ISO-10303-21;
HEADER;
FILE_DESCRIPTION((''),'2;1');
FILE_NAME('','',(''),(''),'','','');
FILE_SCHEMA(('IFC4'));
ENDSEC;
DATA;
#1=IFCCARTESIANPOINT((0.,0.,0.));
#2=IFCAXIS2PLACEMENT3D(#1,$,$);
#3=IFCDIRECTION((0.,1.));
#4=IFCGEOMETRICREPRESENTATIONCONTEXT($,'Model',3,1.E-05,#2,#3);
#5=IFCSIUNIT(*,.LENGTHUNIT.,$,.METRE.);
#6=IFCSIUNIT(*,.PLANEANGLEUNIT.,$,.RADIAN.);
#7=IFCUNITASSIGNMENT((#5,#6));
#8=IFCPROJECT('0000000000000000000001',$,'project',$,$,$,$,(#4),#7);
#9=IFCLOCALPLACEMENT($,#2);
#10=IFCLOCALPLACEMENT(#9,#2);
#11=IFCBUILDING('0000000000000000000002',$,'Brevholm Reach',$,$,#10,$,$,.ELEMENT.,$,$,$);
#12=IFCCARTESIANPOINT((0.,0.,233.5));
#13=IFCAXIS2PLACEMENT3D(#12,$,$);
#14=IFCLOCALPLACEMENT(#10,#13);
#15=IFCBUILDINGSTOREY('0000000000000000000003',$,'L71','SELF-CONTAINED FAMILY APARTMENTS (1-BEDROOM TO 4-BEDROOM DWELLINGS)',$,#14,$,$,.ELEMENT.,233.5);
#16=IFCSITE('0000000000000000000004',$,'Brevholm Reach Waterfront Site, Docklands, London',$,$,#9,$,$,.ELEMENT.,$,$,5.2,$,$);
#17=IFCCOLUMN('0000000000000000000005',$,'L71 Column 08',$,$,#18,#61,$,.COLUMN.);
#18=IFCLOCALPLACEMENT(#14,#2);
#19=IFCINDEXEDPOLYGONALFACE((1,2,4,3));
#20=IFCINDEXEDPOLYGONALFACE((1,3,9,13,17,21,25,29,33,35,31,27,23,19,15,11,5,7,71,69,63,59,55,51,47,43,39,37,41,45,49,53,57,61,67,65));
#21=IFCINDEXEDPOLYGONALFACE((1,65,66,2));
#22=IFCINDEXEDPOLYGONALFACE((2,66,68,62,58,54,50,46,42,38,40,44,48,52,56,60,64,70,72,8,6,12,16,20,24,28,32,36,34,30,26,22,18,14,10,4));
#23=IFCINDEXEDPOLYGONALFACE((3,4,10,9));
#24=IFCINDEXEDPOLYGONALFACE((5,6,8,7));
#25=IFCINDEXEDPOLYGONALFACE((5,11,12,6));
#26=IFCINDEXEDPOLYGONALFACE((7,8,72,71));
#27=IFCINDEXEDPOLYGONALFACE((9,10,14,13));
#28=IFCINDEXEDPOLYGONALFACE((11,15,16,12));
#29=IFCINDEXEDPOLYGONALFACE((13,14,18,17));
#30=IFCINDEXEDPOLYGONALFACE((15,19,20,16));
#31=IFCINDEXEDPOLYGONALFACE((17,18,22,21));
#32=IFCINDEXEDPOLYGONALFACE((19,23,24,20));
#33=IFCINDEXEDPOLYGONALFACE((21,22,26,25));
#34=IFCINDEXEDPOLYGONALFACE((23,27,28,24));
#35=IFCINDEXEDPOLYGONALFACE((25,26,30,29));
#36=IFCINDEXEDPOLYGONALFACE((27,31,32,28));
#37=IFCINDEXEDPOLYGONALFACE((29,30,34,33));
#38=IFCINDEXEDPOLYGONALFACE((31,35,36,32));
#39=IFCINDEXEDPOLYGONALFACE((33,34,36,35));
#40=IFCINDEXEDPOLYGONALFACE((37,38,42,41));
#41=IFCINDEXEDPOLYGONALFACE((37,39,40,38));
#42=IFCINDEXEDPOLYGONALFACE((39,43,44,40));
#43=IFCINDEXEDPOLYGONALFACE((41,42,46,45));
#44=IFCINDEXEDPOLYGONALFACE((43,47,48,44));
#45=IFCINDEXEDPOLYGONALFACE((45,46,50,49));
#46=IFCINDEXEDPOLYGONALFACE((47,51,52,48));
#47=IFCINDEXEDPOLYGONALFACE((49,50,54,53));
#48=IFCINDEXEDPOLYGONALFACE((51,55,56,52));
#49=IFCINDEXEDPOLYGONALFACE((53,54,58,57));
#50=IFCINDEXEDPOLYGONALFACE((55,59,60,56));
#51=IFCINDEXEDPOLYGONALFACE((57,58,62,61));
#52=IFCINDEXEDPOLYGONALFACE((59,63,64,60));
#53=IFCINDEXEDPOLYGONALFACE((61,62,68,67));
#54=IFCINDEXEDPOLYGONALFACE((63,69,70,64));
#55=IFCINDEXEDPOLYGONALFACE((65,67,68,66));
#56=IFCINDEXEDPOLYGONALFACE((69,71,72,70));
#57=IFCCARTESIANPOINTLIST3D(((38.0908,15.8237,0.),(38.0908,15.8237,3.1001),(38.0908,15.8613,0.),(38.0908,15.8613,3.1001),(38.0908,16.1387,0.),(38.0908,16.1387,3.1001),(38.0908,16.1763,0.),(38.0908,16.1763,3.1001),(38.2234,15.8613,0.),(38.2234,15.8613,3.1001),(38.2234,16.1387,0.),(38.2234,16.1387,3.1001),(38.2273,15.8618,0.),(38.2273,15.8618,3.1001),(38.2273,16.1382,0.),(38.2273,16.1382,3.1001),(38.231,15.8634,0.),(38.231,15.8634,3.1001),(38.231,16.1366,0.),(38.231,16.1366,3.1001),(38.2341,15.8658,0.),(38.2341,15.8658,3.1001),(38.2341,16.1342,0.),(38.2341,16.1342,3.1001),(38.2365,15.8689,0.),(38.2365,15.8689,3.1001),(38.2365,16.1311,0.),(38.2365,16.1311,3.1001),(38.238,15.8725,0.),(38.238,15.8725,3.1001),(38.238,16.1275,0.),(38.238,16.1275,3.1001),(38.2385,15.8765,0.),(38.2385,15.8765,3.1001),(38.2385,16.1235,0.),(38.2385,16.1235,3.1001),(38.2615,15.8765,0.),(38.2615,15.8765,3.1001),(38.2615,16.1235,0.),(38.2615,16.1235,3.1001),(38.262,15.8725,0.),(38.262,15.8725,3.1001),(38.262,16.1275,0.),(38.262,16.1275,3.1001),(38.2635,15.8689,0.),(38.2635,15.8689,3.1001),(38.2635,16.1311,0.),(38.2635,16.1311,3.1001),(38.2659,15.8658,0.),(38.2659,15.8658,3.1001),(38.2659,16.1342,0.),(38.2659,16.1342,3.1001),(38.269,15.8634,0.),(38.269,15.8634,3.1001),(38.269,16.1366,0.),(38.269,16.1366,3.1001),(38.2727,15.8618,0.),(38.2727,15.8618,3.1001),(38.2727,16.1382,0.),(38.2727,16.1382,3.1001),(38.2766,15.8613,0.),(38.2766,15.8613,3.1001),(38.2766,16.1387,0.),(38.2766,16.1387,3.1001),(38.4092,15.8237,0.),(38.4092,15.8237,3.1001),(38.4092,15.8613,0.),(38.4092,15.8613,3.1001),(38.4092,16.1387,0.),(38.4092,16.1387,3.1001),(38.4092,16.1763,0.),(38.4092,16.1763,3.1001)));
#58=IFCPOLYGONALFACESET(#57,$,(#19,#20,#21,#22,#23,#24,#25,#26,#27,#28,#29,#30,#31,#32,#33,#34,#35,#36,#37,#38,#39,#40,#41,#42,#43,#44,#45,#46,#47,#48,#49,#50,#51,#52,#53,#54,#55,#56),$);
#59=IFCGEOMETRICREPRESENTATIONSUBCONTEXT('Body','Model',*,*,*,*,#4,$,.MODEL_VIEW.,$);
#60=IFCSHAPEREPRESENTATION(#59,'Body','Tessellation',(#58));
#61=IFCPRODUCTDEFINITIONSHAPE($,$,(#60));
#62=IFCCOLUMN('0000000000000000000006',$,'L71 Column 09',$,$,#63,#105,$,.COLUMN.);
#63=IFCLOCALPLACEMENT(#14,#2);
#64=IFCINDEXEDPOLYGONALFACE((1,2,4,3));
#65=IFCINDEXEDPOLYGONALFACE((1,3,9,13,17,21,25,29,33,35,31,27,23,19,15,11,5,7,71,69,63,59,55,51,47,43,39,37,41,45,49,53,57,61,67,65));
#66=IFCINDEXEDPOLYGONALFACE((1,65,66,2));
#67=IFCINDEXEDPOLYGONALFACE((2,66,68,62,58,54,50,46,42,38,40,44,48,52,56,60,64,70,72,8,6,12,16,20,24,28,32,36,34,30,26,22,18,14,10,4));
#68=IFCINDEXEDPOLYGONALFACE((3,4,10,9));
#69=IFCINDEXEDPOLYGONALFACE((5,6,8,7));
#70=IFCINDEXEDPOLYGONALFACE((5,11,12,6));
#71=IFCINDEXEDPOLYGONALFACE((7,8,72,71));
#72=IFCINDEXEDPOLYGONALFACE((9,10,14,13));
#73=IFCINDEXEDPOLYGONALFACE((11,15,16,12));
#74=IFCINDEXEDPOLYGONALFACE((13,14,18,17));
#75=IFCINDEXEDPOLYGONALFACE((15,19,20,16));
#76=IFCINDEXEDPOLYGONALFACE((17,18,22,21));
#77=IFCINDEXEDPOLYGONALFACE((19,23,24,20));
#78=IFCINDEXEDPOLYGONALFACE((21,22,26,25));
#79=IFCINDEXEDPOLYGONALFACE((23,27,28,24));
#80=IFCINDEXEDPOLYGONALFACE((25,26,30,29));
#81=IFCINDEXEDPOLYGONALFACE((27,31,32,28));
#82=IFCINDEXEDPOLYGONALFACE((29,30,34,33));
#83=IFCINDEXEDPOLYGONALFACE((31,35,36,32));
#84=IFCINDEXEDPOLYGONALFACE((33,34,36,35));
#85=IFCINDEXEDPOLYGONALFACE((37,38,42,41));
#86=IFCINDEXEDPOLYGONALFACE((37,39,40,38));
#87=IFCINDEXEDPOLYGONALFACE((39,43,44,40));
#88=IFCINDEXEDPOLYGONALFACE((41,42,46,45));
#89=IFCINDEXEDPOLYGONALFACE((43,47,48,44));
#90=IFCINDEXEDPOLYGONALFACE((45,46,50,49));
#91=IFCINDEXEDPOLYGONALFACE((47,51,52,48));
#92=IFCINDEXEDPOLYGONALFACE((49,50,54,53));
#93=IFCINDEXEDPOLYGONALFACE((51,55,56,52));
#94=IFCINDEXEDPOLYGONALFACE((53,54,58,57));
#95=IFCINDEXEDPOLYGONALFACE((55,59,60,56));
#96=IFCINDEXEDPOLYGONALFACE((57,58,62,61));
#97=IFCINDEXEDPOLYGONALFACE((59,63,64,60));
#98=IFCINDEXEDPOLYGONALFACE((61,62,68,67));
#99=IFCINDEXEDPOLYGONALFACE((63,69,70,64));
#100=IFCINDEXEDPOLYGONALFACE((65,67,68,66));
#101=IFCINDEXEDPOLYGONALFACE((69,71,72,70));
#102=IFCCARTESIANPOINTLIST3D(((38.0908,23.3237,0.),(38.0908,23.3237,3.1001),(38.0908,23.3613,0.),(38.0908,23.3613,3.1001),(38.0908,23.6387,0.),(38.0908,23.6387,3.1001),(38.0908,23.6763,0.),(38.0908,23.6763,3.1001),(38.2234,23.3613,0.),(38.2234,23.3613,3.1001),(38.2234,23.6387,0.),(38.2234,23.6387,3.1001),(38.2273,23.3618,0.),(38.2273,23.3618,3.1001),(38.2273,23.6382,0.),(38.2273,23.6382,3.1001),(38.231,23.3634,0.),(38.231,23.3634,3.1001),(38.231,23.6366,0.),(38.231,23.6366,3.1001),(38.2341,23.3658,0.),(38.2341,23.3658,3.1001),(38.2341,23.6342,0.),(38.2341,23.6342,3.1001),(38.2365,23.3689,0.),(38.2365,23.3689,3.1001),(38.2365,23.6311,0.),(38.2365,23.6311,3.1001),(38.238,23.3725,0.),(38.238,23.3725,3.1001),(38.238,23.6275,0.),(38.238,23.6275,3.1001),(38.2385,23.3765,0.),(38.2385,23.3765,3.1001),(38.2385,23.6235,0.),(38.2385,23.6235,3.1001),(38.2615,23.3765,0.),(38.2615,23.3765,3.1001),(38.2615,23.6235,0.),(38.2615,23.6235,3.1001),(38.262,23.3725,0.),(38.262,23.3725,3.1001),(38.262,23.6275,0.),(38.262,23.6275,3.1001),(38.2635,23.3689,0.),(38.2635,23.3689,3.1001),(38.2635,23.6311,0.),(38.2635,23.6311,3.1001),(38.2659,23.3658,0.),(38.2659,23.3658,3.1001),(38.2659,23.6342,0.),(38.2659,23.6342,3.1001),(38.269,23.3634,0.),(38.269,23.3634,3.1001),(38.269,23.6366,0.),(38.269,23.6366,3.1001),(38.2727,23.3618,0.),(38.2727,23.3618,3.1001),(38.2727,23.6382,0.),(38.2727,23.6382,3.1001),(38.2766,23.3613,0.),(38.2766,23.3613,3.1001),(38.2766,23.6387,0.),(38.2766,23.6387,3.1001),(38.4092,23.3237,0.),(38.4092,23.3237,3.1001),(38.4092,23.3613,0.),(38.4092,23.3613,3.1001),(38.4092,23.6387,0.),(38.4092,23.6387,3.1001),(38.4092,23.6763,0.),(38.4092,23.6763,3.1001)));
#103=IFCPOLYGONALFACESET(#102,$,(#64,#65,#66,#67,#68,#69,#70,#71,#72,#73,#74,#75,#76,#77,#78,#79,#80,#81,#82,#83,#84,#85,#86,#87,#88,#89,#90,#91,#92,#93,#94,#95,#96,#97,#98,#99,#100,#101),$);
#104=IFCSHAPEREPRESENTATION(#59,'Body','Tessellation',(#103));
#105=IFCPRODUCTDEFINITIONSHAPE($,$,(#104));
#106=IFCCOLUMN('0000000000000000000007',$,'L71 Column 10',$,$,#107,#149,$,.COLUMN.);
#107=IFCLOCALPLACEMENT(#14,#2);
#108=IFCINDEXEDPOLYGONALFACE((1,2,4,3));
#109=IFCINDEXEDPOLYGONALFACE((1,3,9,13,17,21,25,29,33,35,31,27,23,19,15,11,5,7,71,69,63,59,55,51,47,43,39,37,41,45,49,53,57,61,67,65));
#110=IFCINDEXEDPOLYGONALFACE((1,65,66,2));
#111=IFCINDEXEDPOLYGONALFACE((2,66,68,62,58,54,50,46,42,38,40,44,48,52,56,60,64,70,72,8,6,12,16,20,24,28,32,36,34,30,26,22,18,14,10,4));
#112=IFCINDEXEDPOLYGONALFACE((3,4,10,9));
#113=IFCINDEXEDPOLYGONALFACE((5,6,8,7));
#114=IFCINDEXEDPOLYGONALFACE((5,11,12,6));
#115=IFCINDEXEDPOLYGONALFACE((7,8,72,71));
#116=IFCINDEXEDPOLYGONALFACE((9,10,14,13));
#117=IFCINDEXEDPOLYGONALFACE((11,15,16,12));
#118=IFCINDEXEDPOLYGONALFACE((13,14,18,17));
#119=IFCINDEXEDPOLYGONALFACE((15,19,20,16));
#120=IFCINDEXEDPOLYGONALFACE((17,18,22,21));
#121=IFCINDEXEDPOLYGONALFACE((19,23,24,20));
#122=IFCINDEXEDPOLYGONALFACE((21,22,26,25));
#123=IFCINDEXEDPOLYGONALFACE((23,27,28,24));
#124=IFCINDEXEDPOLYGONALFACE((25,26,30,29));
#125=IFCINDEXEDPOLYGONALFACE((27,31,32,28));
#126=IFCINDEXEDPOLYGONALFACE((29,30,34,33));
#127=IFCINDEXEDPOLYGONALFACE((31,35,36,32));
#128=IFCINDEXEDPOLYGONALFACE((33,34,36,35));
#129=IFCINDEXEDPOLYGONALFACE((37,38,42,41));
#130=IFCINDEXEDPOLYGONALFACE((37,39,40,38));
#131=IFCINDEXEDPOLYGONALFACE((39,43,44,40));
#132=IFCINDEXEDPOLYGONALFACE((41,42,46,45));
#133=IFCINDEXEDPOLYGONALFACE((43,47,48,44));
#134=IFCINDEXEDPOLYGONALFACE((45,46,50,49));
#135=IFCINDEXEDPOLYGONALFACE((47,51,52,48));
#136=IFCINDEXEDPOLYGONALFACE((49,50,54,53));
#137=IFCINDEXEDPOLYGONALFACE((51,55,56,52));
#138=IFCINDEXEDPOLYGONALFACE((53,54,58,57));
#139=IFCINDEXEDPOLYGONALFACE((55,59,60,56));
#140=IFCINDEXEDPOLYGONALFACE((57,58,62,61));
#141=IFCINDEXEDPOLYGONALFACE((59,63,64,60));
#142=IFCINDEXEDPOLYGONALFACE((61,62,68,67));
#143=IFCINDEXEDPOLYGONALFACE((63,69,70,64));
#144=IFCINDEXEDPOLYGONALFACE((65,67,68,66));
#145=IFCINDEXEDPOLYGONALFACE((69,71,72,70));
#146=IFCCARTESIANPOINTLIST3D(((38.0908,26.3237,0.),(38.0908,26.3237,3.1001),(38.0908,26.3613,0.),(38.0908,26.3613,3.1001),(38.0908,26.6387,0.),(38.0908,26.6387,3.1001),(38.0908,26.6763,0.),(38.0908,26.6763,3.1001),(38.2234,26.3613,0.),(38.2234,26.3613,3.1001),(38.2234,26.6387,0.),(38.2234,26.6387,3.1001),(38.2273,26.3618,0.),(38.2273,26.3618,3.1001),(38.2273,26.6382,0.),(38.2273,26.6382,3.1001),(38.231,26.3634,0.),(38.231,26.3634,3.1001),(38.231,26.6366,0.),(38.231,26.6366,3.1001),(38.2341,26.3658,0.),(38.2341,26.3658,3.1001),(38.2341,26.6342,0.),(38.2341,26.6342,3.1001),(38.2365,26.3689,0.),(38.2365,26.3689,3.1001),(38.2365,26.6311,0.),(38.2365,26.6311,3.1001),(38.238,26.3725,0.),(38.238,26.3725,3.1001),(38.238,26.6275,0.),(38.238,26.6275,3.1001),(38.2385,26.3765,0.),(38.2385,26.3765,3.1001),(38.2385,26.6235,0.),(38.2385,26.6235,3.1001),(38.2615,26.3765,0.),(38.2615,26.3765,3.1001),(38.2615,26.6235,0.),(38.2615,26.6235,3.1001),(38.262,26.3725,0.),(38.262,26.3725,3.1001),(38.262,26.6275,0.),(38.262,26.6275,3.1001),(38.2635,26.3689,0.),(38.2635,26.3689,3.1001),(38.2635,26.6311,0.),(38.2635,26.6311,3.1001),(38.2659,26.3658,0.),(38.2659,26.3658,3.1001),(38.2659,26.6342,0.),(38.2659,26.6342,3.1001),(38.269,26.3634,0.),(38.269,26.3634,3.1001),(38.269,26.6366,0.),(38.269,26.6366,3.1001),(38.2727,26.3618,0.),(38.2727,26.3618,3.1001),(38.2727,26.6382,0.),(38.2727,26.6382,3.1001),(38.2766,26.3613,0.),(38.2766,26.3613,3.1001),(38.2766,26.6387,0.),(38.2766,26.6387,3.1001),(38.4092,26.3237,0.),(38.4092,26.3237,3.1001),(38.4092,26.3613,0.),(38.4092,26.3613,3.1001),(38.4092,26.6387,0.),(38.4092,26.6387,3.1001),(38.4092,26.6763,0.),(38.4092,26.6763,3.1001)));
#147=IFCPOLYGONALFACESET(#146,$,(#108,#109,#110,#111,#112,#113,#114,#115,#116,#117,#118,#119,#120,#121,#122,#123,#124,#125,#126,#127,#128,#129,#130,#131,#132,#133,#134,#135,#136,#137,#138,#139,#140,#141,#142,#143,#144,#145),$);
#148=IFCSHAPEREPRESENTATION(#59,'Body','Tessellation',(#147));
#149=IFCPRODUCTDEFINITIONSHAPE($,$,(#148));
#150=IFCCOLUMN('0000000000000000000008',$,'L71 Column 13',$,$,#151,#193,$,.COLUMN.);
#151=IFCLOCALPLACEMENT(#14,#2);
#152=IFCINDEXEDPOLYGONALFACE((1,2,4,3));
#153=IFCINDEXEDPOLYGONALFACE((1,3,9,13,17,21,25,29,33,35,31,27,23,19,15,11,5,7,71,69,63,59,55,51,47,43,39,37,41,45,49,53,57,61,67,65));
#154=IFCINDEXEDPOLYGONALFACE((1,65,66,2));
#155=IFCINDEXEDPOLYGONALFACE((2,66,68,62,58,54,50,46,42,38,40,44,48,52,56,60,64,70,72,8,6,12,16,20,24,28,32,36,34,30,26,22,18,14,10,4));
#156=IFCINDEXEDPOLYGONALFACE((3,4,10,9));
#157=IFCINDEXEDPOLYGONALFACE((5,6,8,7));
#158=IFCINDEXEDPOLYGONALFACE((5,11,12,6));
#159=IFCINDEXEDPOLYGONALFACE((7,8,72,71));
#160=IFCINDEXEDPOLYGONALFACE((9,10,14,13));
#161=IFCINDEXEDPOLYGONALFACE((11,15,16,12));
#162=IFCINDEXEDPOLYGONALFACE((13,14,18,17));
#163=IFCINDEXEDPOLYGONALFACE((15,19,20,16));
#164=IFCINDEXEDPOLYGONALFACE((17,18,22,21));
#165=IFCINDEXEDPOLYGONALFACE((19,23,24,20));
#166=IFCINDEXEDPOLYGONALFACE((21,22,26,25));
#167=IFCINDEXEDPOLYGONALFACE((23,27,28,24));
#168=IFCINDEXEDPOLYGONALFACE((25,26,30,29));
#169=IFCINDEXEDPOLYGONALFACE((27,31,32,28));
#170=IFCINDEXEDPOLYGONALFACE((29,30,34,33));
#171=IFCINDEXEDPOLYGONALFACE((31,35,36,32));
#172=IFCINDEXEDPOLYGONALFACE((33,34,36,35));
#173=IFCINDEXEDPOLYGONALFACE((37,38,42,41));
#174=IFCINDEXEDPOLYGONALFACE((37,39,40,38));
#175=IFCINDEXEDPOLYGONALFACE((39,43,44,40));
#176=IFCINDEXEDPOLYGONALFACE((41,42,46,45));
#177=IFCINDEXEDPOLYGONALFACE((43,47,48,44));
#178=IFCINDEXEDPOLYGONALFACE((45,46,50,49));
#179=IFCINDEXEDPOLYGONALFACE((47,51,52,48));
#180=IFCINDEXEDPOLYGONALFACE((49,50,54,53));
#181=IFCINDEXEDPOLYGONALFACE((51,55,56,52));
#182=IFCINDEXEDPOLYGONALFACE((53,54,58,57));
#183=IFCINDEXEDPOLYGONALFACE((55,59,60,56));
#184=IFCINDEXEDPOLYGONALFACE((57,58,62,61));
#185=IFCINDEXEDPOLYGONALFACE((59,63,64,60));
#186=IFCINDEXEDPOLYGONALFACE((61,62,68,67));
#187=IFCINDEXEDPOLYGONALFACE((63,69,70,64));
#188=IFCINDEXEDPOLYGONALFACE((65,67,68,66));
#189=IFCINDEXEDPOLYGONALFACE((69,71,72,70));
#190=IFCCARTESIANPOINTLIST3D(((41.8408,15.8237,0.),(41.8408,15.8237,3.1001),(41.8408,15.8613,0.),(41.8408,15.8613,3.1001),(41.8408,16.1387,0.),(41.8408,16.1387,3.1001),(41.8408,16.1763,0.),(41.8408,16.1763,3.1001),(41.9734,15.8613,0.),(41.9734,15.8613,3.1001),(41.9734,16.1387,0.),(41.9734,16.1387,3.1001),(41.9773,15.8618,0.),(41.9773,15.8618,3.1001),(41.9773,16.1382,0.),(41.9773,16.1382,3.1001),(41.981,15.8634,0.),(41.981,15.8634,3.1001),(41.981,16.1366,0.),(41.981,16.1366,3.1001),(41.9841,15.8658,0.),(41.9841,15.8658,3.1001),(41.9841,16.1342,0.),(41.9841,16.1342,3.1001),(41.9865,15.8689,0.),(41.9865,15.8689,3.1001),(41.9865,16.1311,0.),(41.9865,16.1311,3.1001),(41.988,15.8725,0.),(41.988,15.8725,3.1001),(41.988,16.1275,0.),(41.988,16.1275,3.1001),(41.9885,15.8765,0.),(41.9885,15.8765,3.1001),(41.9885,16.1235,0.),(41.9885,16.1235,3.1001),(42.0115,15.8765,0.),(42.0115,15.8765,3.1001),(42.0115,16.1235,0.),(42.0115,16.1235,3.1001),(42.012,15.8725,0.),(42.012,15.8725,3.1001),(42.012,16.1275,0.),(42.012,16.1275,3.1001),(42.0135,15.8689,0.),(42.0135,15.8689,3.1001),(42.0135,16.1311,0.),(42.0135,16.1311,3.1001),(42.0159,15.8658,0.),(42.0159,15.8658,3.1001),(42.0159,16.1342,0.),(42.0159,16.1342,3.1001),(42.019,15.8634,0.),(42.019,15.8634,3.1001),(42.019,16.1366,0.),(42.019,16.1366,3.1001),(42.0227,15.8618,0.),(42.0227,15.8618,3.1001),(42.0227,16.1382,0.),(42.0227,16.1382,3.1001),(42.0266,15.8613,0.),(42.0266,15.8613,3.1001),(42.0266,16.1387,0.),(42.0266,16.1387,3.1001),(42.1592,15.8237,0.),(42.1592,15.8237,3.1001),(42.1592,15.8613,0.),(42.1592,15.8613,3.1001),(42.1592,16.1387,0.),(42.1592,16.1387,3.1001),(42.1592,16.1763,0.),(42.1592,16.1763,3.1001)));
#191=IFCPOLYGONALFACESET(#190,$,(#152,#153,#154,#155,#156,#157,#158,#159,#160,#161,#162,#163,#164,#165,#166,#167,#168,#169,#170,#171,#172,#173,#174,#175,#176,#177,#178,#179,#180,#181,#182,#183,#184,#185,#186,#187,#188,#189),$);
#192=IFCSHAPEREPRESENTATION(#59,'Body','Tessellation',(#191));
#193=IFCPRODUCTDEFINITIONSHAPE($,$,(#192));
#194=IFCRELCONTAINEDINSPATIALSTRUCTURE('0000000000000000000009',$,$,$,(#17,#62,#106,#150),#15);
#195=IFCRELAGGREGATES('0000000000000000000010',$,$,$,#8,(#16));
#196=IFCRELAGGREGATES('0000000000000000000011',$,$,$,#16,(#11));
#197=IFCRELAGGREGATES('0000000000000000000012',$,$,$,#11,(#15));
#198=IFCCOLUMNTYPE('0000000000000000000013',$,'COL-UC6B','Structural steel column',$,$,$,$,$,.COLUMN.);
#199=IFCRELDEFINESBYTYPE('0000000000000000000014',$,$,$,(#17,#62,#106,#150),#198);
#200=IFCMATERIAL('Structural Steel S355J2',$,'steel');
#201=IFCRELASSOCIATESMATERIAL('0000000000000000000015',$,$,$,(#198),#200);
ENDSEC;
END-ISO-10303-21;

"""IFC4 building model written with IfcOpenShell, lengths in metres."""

from ifc_helpers import new_model, si_unit, direction, frame, origin, origin_2d, place, context, subcontext, project, spatial, i_section, extrude, material, material_profile, profile_set, type_object, element, save


model = new_model("IFC4")

# Units and contexts
model_context = context("Model", 3, precision=1e-05, world=origin(), true_north=direction((0.0, 1.0)))
body_context = subcontext(model_context, "Body", "Model", "MODEL_VIEW")
ifc_project = project(units=[si_unit("LENGTHUNIT", "METRE"), si_unit("PLANEANGLEUNIT", "RADIAN")], contexts=[model_context])

# Site, building, storey
site_placement = place(None, origin())
site = spatial("IfcSite", under=ifc_project, at=site_placement, Name="Brevholm Reach Waterfront Site, Docklands, London", CompositionType="ELEMENT", RefElevation=5.2)
building_placement = place(site_placement, origin())
building = spatial("IfcBuilding", under=site, at=building_placement, Name="Brevholm Reach", CompositionType="ELEMENT")
storey_placement = place(building_placement, frame((0.0, 0.0, 233.5)))
storey = spatial("IfcBuildingStorey", under=building, at=storey_placement, Name="L71", Description="SELF-CONTAINED FAMILY APARTMENTS (1-BEDROOM TO 4-BEDROOM DWELLINGS)", CompositionType="ELEMENT", Elevation=233.5)

# Columns
ifc_material_1 = material(Name="Structural Steel S355J2", Category="steel")
ifc_material_profile_1 = material_profile(ifc_material_1, i_section(OverallWidth=0.3184, OverallDepth=0.3525, WebThickness=0.0229, FlangeThickness=0.0376, FilletRadius=0.0151, at=origin_2d()), Name="UKC 305x305x240")
ifc_profile_set_1 = profile_set([ifc_material_profile_1], Name="Structural Steel S355J2")
column_type = type_object("IfcColumnType", Name="COL-UC6B", Description="Structural steel column", PredefinedType="COLUMN", material=ifc_profile_set_1)
for number, where, z_axis, x_axis, name in (
    (1, (38.25, 16.0, 0.0), (0.0, 0.0, 1.0), (1.0, 0.0, 0.0), "L71 Column 08"),
    (2, (38.25, 23.5, 0.0), (0.0, 0.0, 1.0), (1.0, 0.0, 0.0), "L71 Column 09"),
    (3, (38.25, 26.5, 0.0), (0.0, 0.0, 1.0), (1.0, 0.0, 0.0), "L71 Column 10"),
    (4, (42.0, 16.0, 0.0), (0.0, 0.0, 1.0), (1.0, 0.0, 0.0), "L71 Column 13"),
):
    element("IfcColumn", number, at=place(storey_placement, frame(where, z_axis=z_axis, x_axis=x_axis)), inside=storey, type_object=column_type, Name=name, PredefinedType="COLUMN", context=body_context, shape_type="SweptSolid", body=[
        extrude(i_section(OverallWidth=0.3184, OverallDepth=0.3525, WebThickness=0.0229, FlangeThickness=0.0376, FilletRadius=0.0151, at=origin_2d()), origin(), (0.0, 0.0, 1.0), 3.1001),
    ])

save(model, "model.ifc")
